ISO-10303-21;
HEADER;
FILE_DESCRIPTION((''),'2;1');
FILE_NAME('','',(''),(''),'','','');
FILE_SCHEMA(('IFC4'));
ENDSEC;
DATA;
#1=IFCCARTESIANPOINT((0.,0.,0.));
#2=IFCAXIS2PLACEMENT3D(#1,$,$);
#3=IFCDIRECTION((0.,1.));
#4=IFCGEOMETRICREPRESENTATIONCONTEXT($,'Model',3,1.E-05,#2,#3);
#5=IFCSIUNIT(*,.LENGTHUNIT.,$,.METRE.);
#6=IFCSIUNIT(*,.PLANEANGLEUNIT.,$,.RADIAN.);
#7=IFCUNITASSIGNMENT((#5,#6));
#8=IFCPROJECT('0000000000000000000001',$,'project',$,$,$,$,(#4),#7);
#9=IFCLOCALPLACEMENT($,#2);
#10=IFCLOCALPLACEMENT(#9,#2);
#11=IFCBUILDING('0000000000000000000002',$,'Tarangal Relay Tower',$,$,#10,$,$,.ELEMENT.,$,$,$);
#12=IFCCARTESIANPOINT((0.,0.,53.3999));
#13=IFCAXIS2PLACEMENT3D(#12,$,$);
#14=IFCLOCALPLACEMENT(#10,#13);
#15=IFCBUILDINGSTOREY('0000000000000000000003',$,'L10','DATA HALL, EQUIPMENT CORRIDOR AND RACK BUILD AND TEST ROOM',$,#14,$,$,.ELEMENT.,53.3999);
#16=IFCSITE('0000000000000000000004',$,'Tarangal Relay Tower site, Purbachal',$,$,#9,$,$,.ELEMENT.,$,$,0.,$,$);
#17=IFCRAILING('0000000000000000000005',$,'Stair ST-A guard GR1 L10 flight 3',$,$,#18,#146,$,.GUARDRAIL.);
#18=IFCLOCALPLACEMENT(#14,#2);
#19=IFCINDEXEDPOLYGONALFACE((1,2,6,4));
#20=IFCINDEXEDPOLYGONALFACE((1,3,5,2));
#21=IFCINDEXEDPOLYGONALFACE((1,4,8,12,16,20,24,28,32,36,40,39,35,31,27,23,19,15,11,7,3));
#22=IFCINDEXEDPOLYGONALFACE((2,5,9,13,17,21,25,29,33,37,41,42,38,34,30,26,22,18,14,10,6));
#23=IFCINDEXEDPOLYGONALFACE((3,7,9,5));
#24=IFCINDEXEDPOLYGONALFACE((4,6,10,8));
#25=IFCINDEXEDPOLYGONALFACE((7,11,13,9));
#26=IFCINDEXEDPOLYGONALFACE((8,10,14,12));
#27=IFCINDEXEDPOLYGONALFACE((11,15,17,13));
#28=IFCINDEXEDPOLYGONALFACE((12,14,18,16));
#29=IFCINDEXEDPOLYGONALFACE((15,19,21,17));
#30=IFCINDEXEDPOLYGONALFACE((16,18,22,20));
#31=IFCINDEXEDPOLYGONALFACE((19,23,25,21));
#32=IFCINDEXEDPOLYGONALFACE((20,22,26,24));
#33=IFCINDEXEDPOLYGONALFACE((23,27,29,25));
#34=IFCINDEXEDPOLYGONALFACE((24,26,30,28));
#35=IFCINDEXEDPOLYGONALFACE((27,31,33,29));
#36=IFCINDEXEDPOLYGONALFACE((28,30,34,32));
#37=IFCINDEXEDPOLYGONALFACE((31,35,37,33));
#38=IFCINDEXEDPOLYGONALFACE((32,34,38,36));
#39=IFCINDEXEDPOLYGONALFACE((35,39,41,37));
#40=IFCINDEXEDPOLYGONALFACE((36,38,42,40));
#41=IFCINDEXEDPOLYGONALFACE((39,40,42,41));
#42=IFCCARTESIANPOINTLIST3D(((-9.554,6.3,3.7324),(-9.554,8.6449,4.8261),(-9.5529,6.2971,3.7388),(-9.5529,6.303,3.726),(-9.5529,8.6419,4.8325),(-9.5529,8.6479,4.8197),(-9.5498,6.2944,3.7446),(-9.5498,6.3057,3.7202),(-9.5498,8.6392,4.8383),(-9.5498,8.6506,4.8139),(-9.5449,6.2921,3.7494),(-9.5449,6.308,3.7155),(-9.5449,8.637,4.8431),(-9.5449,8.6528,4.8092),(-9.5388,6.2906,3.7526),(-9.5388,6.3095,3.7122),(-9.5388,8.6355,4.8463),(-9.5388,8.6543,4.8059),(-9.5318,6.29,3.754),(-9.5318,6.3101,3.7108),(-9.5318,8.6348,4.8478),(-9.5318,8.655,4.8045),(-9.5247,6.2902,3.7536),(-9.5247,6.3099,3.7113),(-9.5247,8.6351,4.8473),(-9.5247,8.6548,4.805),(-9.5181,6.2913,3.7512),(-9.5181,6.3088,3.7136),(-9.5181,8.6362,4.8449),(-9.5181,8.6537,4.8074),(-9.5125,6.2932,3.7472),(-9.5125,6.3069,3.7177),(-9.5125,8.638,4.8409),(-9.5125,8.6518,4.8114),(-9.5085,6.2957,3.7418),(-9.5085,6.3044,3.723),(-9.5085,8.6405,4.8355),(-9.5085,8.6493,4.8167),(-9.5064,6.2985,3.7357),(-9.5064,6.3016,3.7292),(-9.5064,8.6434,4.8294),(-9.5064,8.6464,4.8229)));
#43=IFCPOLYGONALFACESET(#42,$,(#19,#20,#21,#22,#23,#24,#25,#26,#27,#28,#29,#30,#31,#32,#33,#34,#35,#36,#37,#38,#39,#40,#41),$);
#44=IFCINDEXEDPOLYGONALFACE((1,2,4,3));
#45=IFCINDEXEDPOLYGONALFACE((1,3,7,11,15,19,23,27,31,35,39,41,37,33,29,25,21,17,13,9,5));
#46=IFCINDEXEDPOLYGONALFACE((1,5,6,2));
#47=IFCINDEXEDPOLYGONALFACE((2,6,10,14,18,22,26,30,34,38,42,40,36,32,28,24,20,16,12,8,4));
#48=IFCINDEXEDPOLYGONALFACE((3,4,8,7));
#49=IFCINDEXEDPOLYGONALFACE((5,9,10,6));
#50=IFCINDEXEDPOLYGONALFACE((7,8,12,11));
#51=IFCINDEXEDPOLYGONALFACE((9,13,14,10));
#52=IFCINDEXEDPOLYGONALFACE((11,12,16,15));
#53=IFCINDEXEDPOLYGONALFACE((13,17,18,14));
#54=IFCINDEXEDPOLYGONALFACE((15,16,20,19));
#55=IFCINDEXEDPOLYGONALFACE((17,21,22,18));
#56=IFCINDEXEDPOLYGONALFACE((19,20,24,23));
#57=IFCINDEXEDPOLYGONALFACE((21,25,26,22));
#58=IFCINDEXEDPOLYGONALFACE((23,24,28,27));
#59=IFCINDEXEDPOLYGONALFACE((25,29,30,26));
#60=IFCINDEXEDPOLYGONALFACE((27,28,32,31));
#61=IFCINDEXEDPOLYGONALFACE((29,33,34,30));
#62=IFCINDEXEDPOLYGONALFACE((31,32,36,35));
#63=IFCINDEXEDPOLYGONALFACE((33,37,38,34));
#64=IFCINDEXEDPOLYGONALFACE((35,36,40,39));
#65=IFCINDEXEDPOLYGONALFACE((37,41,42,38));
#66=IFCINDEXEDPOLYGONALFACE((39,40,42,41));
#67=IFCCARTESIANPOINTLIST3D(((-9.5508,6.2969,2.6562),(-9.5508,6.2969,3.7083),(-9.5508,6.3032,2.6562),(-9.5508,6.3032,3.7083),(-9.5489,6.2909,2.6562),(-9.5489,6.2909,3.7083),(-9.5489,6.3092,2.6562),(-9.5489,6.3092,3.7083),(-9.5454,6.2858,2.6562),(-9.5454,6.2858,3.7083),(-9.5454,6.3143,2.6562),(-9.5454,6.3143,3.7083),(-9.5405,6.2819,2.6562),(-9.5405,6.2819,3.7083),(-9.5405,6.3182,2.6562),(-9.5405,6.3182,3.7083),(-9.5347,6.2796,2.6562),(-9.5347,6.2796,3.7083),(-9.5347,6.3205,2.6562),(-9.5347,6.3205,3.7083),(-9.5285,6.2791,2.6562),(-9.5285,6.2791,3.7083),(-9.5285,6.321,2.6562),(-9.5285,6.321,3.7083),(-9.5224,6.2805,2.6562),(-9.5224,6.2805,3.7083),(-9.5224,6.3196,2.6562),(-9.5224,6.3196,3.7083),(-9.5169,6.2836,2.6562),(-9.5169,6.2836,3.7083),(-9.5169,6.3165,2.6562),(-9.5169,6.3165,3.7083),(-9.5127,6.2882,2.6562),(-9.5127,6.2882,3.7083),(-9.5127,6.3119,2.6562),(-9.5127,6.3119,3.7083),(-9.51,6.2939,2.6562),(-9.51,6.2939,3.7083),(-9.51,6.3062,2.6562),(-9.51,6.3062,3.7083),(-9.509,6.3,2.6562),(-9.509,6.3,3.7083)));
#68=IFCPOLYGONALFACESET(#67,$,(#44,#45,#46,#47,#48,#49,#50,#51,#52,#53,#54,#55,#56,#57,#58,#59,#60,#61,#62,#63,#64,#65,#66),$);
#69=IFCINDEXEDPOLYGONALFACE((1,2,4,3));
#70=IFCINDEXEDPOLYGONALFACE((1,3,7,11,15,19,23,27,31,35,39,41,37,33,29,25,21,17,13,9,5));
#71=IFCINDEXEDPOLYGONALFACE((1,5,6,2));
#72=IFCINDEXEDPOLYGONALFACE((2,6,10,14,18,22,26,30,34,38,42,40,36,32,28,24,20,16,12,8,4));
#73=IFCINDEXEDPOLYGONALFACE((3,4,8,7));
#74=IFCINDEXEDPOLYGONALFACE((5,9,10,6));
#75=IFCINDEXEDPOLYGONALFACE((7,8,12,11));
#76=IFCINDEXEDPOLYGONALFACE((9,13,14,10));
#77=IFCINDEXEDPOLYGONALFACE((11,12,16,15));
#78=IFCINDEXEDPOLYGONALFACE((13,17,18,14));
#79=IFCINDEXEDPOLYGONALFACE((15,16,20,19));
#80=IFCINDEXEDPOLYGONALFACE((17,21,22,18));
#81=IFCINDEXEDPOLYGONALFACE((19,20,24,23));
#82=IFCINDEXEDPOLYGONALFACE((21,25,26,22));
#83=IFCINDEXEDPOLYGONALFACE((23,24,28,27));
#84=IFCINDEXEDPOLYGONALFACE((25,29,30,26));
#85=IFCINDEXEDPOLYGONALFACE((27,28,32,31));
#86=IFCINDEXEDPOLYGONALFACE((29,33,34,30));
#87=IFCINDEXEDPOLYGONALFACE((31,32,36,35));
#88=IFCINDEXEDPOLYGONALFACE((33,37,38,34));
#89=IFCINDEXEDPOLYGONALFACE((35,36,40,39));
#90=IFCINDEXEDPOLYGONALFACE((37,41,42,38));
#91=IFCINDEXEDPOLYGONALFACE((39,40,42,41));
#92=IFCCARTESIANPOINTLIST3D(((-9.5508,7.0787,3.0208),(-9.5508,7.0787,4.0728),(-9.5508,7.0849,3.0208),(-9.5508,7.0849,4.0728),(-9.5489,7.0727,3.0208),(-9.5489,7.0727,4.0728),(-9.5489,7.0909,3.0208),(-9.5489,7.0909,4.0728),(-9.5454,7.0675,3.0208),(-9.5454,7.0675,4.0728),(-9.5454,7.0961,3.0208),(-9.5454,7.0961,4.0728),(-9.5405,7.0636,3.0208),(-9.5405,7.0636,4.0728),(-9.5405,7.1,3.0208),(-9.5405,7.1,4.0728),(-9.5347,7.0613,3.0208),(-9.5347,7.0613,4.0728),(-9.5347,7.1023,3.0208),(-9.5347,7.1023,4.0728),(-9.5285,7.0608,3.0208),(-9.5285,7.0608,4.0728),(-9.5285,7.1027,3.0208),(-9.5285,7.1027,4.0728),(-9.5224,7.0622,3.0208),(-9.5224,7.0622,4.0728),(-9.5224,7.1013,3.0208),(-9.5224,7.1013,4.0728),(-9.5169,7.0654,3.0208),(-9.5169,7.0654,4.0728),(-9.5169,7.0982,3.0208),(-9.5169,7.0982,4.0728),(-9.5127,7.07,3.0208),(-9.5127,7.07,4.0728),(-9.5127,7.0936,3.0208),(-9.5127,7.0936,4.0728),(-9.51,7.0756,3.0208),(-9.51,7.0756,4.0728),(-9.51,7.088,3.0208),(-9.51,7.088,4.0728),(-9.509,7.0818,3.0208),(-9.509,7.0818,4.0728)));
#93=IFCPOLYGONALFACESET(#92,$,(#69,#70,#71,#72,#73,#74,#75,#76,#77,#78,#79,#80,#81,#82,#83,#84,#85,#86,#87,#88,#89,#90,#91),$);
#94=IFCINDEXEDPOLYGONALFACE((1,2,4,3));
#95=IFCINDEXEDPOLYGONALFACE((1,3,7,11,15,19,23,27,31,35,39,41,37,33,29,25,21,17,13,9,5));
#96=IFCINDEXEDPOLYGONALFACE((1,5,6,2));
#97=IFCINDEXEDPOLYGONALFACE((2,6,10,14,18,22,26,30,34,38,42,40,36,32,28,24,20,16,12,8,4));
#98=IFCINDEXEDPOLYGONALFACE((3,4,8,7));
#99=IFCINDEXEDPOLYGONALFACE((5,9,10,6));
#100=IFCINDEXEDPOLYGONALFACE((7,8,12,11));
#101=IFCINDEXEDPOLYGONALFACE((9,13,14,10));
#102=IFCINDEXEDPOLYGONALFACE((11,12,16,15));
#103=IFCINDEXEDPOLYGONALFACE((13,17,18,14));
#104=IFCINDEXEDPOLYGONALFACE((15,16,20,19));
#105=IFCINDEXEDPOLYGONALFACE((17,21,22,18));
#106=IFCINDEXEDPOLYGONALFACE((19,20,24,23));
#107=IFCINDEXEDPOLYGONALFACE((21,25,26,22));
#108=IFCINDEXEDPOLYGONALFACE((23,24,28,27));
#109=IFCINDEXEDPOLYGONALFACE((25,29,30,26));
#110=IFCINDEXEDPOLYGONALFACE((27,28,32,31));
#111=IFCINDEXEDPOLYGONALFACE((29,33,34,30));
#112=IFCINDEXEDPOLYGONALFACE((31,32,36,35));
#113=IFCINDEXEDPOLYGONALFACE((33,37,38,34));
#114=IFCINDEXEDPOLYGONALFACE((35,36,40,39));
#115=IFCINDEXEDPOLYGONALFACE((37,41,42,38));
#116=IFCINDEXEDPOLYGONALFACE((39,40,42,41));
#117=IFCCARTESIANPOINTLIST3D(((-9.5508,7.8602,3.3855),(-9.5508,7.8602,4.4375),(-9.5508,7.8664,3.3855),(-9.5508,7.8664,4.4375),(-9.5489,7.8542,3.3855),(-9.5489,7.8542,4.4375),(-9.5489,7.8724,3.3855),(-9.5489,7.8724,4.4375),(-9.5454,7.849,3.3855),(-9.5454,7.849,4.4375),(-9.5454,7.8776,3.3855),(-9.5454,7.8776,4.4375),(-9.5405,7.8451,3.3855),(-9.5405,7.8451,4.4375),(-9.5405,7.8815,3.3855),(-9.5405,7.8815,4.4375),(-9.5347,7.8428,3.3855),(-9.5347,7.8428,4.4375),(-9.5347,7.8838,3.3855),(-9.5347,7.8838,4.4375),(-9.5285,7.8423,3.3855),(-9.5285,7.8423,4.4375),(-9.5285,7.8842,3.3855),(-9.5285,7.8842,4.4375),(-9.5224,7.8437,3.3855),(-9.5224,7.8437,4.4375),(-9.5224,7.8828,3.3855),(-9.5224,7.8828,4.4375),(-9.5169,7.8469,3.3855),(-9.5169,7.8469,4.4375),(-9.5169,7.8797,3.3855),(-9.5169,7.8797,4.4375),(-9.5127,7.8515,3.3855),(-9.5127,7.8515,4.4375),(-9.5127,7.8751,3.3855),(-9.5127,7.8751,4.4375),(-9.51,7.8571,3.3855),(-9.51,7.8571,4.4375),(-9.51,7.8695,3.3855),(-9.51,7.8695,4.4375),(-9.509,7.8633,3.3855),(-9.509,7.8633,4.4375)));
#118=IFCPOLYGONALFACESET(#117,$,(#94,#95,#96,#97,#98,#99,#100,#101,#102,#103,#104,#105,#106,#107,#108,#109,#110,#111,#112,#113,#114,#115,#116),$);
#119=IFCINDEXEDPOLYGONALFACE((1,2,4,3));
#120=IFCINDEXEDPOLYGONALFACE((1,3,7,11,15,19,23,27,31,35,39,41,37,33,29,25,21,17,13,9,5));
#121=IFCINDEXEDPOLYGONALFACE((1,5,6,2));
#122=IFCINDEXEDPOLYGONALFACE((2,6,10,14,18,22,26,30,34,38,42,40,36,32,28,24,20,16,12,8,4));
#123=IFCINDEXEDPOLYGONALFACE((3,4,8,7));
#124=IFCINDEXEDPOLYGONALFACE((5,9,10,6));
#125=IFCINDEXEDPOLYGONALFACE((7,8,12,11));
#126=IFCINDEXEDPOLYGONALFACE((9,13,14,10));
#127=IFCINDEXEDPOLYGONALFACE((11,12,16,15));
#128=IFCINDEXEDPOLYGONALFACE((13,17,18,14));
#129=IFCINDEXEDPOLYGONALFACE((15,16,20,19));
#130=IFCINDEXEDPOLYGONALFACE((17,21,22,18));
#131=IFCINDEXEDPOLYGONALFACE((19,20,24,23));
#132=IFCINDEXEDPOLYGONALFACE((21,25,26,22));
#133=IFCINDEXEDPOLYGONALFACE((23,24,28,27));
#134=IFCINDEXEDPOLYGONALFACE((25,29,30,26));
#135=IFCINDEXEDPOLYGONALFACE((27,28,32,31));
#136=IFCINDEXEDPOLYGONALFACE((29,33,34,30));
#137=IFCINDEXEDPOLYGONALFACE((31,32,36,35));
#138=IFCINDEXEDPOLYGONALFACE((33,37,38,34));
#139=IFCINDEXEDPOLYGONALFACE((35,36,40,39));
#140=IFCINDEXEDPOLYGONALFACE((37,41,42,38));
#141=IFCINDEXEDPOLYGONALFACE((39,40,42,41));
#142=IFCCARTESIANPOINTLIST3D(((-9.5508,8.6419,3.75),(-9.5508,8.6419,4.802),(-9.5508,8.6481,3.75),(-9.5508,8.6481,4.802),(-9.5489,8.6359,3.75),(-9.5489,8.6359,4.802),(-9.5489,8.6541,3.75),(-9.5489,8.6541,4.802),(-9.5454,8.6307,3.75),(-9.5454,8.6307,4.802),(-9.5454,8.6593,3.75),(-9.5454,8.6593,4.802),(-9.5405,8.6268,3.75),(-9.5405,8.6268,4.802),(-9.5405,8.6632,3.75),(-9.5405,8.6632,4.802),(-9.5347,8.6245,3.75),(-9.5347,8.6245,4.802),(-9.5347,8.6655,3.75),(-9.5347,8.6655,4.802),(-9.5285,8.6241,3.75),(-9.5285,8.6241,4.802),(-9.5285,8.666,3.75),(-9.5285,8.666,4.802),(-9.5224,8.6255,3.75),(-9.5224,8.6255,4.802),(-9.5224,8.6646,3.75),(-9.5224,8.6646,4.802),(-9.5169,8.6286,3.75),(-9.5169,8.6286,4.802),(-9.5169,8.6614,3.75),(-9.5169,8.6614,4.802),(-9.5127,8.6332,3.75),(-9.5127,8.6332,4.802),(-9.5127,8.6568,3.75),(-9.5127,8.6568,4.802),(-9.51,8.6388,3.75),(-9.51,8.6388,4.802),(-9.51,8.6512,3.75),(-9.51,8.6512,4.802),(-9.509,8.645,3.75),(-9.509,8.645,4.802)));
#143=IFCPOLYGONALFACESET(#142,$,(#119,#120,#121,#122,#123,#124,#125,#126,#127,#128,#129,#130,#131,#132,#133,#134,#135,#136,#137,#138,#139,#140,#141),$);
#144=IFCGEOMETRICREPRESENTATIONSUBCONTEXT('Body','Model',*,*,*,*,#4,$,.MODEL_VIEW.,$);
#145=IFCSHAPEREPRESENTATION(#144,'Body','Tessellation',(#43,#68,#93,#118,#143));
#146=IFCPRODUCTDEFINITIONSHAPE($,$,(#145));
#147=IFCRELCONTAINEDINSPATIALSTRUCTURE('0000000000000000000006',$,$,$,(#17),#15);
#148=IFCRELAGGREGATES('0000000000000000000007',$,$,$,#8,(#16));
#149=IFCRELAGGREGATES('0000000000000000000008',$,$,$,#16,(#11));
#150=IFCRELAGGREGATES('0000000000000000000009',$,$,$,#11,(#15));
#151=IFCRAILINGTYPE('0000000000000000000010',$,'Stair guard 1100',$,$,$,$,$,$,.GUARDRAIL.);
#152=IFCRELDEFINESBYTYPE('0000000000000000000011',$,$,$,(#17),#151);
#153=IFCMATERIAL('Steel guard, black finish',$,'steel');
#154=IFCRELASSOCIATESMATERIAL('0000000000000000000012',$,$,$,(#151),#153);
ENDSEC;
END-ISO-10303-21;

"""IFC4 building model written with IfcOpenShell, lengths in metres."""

from ifc_helpers import new_model, si_unit, direction, frame, origin, origin_2d, place, context, subcontext, project, spatial, circle, extrude, material, type_object, element, save


model = new_model("IFC4")

# Units and contexts
model_context = context("Model", 3, precision=1e-05, world=origin(), true_north=direction((0.0, 1.0)))
body_context = subcontext(model_context, "Body", "Model", "MODEL_VIEW")
ifc_project = project(units=[si_unit("LENGTHUNIT", "METRE"), si_unit("PLANEANGLEUNIT", "RADIAN")], contexts=[model_context])

# Site, building, storey
site_placement = place(None, origin())
site = spatial("IfcSite", under=ifc_project, at=site_placement, Name="Tarangal Relay Tower site, Purbachal", CompositionType="ELEMENT", RefElevation=0.0)
building_placement = place(site_placement, origin())
building = spatial("IfcBuilding", under=site, at=building_placement, Name="Tarangal Relay Tower", CompositionType="ELEMENT")
storey_placement = place(building_placement, frame((0.0, 0.0, 53.3999)))
storey = spatial("IfcBuildingStorey", under=building, at=storey_placement, Name="L10", Description="DATA HALL, EQUIPMENT CORRIDOR AND RACK BUILD AND TEST ROOM", CompositionType="ELEMENT", Elevation=53.3999)

# Railing
ifc_material_1 = material(Name="Steel guard, black finish", Category="steel")
railing_type = type_object("IfcRailingType", Name="Stair guard 1100", PredefinedType="GUARDRAIL", material=ifc_material_1)
railing_1_placement = place(storey_placement, frame((-9.53, 6.3, 2.6562)))
element("IfcRailing", 1, at=railing_1_placement, inside=storey, type_object=railing_type, Name="Stair ST-A guard GR1 L10 flight 3", PredefinedType="GUARDRAIL", context=body_context, shape_type="SweptSolid", body=[
    extrude(circle(Radius=0.0239, at=origin_2d()), frame((0.0, 0.0, 1.0762), z_axis=(0.0, 0.906267, 0.422705), x_axis=(-1.0, 0.0, 0.0)), (0.0, 0.0, 1.0), 2.5874),
    extrude(circle(Radius=0.021, at=origin_2d()), origin(), (0.0, 0.0, 1.0), 1.052),
    extrude(circle(Radius=0.021, at=origin_2d()), frame((0.0, 0.7817, 0.3645)), (0.0, 0.0, 1.0), 1.052),
    extrude(circle(Radius=0.021, at=origin_2d()), frame((0.0, 1.5632, 0.7292)), (0.0, 0.0, 1.0), 1.052),
    extrude(circle(Radius=0.021, at=origin_2d()), frame((0.0, 2.345, 1.0938)), (0.0, 0.0, 1.0), 1.052),
])

save(model, "model.ifc")
